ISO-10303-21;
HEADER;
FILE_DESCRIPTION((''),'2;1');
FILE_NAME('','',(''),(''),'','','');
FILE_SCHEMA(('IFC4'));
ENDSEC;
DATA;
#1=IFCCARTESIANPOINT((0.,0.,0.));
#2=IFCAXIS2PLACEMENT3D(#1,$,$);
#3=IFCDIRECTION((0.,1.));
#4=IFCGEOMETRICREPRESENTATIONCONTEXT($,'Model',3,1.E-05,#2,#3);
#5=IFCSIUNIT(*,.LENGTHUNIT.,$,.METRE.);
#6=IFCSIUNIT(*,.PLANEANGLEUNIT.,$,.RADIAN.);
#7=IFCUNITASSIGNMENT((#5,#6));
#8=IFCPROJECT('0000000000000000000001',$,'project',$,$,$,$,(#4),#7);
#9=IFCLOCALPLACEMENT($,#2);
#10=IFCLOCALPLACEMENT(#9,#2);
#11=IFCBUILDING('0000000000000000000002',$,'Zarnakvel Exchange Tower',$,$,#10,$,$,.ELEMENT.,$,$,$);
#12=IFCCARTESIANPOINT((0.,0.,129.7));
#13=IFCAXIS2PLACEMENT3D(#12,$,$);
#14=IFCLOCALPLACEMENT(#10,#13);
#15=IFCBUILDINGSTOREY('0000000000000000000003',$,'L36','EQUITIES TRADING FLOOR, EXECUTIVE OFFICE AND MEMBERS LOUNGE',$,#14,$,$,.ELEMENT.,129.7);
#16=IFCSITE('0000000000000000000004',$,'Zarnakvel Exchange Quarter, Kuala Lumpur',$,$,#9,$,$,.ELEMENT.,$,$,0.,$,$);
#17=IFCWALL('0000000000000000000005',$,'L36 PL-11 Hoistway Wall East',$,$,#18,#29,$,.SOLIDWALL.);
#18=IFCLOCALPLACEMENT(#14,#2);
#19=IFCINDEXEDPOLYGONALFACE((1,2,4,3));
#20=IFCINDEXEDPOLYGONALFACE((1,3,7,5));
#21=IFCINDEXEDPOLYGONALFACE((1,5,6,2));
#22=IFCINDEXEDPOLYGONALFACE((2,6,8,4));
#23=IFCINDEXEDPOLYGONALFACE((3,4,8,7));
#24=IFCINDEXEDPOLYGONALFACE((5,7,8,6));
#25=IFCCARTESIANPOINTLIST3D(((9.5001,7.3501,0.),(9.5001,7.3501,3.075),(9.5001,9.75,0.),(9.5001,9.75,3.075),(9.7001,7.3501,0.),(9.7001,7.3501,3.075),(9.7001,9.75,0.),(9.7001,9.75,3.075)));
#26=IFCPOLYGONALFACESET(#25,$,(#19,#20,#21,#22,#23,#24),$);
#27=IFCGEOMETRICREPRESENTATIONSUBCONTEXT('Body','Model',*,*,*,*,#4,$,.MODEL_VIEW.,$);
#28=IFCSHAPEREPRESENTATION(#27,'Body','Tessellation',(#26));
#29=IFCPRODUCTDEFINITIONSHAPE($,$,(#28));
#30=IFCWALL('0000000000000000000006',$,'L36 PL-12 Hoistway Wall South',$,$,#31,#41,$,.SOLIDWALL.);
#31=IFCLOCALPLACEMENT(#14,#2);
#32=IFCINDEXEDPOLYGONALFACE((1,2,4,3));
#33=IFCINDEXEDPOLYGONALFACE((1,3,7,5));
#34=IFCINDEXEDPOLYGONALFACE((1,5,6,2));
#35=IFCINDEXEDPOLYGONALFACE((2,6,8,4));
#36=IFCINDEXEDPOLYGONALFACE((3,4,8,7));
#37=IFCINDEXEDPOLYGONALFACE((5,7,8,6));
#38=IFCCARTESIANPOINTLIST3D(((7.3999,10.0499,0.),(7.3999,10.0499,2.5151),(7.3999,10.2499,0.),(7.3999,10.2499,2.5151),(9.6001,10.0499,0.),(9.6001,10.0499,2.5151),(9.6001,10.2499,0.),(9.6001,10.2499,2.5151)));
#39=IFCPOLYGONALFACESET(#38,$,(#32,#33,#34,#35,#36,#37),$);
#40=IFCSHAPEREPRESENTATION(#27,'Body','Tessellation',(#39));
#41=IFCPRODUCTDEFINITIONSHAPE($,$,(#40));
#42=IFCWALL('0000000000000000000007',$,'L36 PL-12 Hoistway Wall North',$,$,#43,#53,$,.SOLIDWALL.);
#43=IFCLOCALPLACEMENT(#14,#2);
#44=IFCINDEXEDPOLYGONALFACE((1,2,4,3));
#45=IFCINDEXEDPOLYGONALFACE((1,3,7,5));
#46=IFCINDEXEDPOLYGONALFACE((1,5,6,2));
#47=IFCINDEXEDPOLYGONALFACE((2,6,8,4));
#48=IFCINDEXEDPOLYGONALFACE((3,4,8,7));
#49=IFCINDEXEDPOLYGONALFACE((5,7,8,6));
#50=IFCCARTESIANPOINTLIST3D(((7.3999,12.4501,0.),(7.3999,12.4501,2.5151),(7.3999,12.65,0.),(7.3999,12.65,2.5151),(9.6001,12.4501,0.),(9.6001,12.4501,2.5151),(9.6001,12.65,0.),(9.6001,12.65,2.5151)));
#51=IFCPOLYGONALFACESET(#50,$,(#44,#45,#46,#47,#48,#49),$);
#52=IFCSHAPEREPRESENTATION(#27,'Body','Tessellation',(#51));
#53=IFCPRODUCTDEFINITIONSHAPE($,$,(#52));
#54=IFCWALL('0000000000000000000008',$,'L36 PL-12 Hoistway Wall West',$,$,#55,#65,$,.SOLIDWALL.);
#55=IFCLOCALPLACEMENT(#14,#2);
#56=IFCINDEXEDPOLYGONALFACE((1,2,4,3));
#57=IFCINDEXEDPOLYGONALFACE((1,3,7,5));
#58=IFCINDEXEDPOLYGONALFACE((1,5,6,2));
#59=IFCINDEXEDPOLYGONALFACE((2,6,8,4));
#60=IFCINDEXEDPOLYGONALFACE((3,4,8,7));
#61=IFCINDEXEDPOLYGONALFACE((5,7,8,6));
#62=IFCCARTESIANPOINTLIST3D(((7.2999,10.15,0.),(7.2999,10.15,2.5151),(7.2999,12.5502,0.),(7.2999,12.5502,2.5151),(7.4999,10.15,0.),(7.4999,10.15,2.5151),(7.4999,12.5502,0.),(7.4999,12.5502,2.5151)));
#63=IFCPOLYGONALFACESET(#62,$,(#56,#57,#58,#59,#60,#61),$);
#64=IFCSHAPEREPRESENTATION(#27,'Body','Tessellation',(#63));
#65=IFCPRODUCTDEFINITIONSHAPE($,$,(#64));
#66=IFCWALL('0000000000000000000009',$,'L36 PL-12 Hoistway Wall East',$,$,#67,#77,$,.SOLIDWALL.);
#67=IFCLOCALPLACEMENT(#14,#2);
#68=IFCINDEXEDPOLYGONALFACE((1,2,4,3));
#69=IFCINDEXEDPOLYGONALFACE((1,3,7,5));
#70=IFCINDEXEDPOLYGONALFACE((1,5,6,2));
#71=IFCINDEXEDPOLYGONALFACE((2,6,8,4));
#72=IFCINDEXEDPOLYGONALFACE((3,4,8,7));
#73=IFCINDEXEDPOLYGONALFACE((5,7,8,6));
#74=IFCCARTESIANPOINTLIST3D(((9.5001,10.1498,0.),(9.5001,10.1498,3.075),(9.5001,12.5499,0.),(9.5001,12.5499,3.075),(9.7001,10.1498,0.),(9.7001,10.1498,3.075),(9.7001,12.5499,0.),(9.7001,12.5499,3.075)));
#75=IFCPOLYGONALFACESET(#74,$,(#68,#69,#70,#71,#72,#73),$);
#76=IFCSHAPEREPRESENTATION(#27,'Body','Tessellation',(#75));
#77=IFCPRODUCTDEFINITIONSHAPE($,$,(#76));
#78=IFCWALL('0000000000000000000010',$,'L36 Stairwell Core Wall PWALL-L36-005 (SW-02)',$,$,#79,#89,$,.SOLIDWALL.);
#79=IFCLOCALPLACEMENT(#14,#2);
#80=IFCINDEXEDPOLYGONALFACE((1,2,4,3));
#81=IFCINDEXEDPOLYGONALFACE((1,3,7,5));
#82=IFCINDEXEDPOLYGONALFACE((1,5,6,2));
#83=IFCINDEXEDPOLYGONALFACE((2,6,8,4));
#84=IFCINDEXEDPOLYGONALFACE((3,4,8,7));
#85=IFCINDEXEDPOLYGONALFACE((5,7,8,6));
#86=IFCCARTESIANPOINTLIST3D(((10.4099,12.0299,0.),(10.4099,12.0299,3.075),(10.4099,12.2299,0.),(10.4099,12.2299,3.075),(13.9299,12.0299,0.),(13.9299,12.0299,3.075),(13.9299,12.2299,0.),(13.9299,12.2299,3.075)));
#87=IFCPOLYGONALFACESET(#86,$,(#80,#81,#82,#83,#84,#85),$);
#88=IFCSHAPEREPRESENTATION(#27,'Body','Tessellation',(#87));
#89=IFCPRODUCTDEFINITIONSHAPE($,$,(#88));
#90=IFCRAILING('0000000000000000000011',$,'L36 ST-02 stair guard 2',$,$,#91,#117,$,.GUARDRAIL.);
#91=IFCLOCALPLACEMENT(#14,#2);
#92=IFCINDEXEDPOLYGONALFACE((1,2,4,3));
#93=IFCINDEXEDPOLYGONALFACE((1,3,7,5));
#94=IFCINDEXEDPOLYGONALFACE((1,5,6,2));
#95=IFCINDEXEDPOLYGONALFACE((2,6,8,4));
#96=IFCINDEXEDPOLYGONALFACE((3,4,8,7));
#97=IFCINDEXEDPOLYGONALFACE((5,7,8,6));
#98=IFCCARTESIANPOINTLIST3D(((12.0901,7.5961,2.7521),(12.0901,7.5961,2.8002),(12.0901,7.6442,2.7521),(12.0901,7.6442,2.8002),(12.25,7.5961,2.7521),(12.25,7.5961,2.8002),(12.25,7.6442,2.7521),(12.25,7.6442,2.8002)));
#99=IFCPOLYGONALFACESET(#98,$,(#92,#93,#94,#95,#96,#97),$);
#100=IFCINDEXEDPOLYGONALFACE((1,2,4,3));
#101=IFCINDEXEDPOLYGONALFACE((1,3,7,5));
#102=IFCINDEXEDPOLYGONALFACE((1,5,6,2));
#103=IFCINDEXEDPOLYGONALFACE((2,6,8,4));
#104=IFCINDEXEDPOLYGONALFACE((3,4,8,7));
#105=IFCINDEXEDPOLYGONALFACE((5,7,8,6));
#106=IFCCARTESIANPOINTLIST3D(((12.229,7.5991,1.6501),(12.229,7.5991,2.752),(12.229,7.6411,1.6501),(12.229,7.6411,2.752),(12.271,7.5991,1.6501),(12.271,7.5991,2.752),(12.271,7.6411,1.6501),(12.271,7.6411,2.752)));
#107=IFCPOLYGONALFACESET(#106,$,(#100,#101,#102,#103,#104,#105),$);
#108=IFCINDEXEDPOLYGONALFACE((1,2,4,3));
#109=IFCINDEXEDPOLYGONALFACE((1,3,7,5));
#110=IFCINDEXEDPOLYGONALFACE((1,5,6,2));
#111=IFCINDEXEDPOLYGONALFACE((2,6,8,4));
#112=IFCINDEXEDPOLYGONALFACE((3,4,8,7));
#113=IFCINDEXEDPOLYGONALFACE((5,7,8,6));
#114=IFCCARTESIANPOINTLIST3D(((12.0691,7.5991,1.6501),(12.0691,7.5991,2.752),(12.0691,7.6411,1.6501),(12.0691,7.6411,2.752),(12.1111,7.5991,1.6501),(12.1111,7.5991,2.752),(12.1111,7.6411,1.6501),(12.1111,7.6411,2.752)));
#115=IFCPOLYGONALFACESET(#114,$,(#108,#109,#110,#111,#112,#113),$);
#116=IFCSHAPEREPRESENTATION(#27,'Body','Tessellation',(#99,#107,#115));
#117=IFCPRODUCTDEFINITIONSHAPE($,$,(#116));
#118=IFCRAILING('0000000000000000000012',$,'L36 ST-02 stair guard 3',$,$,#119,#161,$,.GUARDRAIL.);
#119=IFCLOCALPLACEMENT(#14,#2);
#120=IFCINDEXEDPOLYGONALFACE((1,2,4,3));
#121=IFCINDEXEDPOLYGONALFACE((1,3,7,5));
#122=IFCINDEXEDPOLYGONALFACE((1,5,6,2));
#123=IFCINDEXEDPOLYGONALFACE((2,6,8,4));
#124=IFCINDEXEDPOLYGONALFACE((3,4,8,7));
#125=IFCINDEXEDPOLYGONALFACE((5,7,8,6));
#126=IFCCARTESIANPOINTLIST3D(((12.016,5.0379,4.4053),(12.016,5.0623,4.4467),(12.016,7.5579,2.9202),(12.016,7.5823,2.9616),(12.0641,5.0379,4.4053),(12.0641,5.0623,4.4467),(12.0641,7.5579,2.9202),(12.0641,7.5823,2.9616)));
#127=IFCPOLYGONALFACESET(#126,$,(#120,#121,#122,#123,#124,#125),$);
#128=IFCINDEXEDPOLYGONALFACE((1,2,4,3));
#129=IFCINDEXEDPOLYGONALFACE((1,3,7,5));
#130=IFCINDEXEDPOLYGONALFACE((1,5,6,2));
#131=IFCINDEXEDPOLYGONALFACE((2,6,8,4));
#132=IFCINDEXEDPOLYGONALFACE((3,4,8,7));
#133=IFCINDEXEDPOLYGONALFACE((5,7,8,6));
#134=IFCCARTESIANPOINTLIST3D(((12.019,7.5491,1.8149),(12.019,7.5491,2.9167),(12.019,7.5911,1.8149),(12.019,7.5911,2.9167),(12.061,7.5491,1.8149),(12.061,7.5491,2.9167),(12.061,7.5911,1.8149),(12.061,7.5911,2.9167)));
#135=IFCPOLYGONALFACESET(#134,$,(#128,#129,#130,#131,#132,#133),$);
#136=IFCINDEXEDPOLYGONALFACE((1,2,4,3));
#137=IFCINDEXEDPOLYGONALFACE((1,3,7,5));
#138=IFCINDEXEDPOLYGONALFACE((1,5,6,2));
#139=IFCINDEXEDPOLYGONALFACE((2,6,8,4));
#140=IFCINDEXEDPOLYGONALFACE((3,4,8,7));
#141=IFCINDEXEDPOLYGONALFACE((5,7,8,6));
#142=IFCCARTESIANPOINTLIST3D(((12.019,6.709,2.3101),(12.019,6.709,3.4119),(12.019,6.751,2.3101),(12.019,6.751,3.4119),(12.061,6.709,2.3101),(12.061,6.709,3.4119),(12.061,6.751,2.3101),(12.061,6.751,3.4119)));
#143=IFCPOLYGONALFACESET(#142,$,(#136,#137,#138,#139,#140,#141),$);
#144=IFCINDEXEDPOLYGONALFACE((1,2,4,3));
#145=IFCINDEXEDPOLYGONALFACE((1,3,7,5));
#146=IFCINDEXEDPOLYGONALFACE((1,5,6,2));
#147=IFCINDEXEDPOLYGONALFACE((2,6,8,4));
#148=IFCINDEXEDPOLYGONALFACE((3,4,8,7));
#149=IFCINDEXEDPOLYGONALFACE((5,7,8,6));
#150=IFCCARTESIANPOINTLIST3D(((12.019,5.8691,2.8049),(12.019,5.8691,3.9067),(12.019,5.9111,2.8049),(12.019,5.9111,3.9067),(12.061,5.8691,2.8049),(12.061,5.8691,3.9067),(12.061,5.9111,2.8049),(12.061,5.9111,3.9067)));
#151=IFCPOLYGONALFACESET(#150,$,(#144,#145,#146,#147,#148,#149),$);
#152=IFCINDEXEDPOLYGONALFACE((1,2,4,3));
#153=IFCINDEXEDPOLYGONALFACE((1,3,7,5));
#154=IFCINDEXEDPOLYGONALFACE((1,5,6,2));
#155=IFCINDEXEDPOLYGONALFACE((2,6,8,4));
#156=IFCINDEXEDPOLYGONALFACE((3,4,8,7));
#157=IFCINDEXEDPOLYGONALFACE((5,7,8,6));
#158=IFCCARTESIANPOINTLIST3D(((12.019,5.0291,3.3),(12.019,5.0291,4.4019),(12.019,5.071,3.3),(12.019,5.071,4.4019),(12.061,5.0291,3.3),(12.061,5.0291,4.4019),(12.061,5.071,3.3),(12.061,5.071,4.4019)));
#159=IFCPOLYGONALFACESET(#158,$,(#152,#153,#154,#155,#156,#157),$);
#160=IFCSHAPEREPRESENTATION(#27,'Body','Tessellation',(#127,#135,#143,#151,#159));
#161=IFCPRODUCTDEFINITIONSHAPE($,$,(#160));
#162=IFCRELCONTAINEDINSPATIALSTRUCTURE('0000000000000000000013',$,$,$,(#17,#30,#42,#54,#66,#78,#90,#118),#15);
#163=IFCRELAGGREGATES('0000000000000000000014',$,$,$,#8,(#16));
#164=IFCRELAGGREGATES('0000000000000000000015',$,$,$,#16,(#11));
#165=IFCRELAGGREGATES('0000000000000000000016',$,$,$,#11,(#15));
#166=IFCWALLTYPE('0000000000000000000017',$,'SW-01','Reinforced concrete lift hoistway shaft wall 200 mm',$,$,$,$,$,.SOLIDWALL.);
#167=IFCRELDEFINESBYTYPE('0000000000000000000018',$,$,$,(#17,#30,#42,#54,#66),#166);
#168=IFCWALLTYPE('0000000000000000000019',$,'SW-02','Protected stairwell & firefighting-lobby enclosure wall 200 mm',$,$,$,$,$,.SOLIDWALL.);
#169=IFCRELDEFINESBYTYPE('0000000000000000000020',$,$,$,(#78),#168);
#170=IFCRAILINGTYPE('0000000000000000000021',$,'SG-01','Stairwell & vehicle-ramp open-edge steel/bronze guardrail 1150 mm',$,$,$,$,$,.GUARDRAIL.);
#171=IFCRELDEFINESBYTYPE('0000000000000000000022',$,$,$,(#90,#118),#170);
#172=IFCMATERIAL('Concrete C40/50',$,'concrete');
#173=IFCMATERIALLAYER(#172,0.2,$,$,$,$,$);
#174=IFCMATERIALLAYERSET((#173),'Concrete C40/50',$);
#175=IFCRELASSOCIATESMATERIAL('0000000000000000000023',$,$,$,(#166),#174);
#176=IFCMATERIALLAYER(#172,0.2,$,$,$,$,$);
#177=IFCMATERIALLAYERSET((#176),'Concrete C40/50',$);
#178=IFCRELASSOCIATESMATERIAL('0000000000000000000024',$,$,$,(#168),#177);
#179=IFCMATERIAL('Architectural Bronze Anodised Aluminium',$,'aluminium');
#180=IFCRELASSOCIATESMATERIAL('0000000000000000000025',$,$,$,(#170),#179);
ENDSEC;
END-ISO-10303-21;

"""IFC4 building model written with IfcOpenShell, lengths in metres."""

from ifc_helpers import new_model, si_unit, direction, frame, frame_2d, origin, origin_2d, place, context, subcontext, project, spatial, rectangle, extrude, material, layer, layer_set, type_object, element, save


model = new_model("IFC4")

# Units and contexts
model_context = context("Model", 3, precision=1e-05, world=origin(), true_north=direction((0.0, 1.0)))
body_context = subcontext(model_context, "Body", "Model", "MODEL_VIEW")
ifc_project = project(units=[si_unit("LENGTHUNIT", "METRE"), si_unit("PLANEANGLEUNIT", "RADIAN")], contexts=[model_context])

# Site, building, storey
site_placement = place(None, origin())
site = spatial("IfcSite", under=ifc_project, at=site_placement, Name="Zarnakvel Exchange Quarter, Kuala Lumpur", CompositionType="ELEMENT", RefElevation=0.0)
building_placement = place(site_placement, origin())
building = spatial("IfcBuilding", under=site, at=building_placement, Name="Zarnakvel Exchange Tower", CompositionType="ELEMENT")
storey_placement = place(building_placement, frame((0.0, 0.0, 129.7)))
storey = spatial("IfcBuildingStorey", under=building, at=storey_placement, Name="L36", Description="EQUITIES TRADING FLOOR, EXECUTIVE OFFICE AND MEMBERS LOUNGE", CompositionType="ELEMENT", Elevation=129.7)

# Shared definitions
ifc_material_1 = material(Name="Architectural Bronze Anodised Aluminium", Category="aluminium")

# Walls
ifc_material_2 = material(Name="Concrete C40/50", Category="concrete")
ifc_layer_1 = layer(ifc_material_2, 0.2)
ifc_layer_set_1 = layer_set([ifc_layer_1], Name="Concrete C40/50")
wall_type_1 = type_object("IfcWallType", Name="SW-01", Description="Reinforced concrete lift hoistway shaft wall 200 mm", PredefinedType="SOLIDWALL", material=ifc_layer_set_1)
wall_1_placement = place(storey_placement, frame((9.6001, 9.75, 0.0), z_axis=(0.0, 0.0, 1.0), x_axis=(0.0, -1.0, 0.0)))
element("IfcWall", 1, at=wall_1_placement, inside=storey, type_object=wall_type_1, Name="L36 PL-11 Hoistway Wall East", PredefinedType="SOLIDWALL", context=body_context, shape_type="SweptSolid", body=[
    extrude(rectangle(XDim=2.3999, YDim=0.2, at=frame_2d((1.2, 0.0))), origin(), (0.0, 0.0, 1.0), 3.075),
])
for number, where, z_axis, x_axis, name in (
    (2, (9.6001, 10.1499, 0.0), (0.0, 0.0, 1.0), (-1.0, 0.0, 0.0), "L36 PL-12 Hoistway Wall South"),
    (3, (7.3999, 12.55, 0.0), (0.0, 0.0, 1.0), (1.0, 0.0, 0.0), "L36 PL-12 Hoistway Wall North"),
):
    element("IfcWall", number, at=place(storey_placement, frame(where, z_axis=z_axis, x_axis=x_axis)), inside=storey, type_object=wall_type_1, Name=name, PredefinedType="SOLIDWALL", context=body_context, shape_type="SweptSolid", body=[
        extrude(rectangle(XDim=2.2002, YDim=0.2, at=frame_2d((1.1001, 0.0))), origin(), (0.0, 0.0, 1.0), 2.5151),
    ])
wall_2_placement = place(storey_placement, frame((7.3999, 10.1499, 0.0), z_axis=(0.0, 0.0, 1.0), x_axis=(0.0, 1.0, 0.0)))
element("IfcWall", 4, at=wall_2_placement, inside=storey, type_object=wall_type_1, Name="L36 PL-12 Hoistway Wall West", PredefinedType="SOLIDWALL", context=body_context, shape_type="SweptSolid", body=[
    extrude(rectangle(XDim=2.4001, YDim=0.2, at=frame_2d((1.2002, 0.0))), origin(), (0.0, 0.0, 1.0), 2.5151),
])
wall_3_placement = place(storey_placement, frame((9.6001, 12.55, 0.0), z_axis=(0.0, 0.0, 1.0), x_axis=(0.0, -1.0, 0.0)))
element("IfcWall", 5, at=wall_3_placement, inside=storey, type_object=wall_type_1, Name="L36 PL-12 Hoistway Wall East", PredefinedType="SOLIDWALL", context=body_context, shape_type="SweptSolid", body=[
    extrude(rectangle(XDim=2.4001, YDim=0.2, at=frame_2d((1.2002, 0.0))), origin(), (0.0, 0.0, 1.0), 3.075),
])
ifc_layer_2 = layer(ifc_material_2, 0.2)
ifc_layer_set_2 = layer_set([ifc_layer_2], Name="Concrete C40/50")
wall_type_2 = type_object("IfcWallType", Name="SW-02", Description="Protected stairwell & firefighting-lobby enclosure wall 200 mm", PredefinedType="SOLIDWALL", material=ifc_layer_set_2)
wall_4_placement = place(storey_placement, frame((10.4099, 12.1299, 0.0), z_axis=(0.0, 0.0, 1.0), x_axis=(1.0, 0.0, 0.0)))
element("IfcWall", 6, at=wall_4_placement, inside=storey, type_object=wall_type_2, Name="L36 Stairwell Core Wall PWALL-L36-005 (SW-02)", PredefinedType="SOLIDWALL", context=body_context, shape_type="SweptSolid", body=[
    extrude(rectangle(XDim=3.52, YDim=0.2, at=frame_2d((1.76, 0.0))), origin(), (0.0, 0.0, 1.0), 3.075),
])

# Railings
railing_type = type_object("IfcRailingType", Name="SG-01", Description="Stairwell & vehicle-ramp open-edge steel/bronze guardrail 1150 mm", PredefinedType="GUARDRAIL", material=ifc_material_1)
railing_1_placement = place(storey_placement, frame((12.25, 7.6201, 1.6501)))
element("IfcRailing", 7, at=railing_1_placement, inside=storey, type_object=railing_type, Name="L36 ST-02 stair guard 2", PredefinedType="GUARDRAIL", context=body_context, shape_type="SweptSolid", body=[
    extrude(rectangle(XDim=0.0481, YDim=0.0481, at=origin_2d()), frame((0.0, 0.0, 1.126), z_axis=(-1.0, 0.0, 0.0), x_axis=(0.0, -1.0, 0.0)), (0.0, 0.0, 1.0), 0.1599),
    extrude(rectangle(XDim=0.042, YDim=0.042, at=origin_2d()), origin(), (0.0, 0.0, 1.0), 1.1018),
    extrude(rectangle(XDim=0.042, YDim=0.042, at=origin_2d()), frame((-0.1599, 0.0, 0.0)), (0.0, 0.0, 1.0), 1.1018),
])
railing_2_placement = place(storey_placement, frame((12.04, 7.5701, 1.8149)))
element("IfcRailing", 8, at=railing_2_placement, inside=storey, type_object=railing_type, Name="L36 ST-02 stair guard 3", PredefinedType="GUARDRAIL", context=body_context, shape_type="SweptSolid", body=[
    extrude(rectangle(XDim=0.0481, YDim=0.0481, at=origin_2d()), frame((0.0, 0.0, 1.126), z_axis=(0.0, -0.861524, 0.507717), x_axis=(1.0, 0.0, 0.0)), (0.0, 0.0, 1.0), 2.925),
    extrude(rectangle(XDim=0.042, YDim=0.042, at=origin_2d()), origin(), (0.0, 0.0, 1.0), 1.1018),
    extrude(rectangle(XDim=0.042, YDim=0.042, at=origin_2d()), frame((0.0, -0.8401, 0.4951)), (0.0, 0.0, 1.0), 1.1018),
    extrude(rectangle(XDim=0.042, YDim=0.042, at=origin_2d()), frame((0.0, -1.6799, 0.99)), (0.0, 0.0, 1.0), 1.1018),
    extrude(rectangle(XDim=0.042, YDim=0.042, at=origin_2d()), frame((0.0, -2.52, 1.4851)), (0.0, 0.0, 1.0), 1.1018),
])

save(model, "model.ifc")
